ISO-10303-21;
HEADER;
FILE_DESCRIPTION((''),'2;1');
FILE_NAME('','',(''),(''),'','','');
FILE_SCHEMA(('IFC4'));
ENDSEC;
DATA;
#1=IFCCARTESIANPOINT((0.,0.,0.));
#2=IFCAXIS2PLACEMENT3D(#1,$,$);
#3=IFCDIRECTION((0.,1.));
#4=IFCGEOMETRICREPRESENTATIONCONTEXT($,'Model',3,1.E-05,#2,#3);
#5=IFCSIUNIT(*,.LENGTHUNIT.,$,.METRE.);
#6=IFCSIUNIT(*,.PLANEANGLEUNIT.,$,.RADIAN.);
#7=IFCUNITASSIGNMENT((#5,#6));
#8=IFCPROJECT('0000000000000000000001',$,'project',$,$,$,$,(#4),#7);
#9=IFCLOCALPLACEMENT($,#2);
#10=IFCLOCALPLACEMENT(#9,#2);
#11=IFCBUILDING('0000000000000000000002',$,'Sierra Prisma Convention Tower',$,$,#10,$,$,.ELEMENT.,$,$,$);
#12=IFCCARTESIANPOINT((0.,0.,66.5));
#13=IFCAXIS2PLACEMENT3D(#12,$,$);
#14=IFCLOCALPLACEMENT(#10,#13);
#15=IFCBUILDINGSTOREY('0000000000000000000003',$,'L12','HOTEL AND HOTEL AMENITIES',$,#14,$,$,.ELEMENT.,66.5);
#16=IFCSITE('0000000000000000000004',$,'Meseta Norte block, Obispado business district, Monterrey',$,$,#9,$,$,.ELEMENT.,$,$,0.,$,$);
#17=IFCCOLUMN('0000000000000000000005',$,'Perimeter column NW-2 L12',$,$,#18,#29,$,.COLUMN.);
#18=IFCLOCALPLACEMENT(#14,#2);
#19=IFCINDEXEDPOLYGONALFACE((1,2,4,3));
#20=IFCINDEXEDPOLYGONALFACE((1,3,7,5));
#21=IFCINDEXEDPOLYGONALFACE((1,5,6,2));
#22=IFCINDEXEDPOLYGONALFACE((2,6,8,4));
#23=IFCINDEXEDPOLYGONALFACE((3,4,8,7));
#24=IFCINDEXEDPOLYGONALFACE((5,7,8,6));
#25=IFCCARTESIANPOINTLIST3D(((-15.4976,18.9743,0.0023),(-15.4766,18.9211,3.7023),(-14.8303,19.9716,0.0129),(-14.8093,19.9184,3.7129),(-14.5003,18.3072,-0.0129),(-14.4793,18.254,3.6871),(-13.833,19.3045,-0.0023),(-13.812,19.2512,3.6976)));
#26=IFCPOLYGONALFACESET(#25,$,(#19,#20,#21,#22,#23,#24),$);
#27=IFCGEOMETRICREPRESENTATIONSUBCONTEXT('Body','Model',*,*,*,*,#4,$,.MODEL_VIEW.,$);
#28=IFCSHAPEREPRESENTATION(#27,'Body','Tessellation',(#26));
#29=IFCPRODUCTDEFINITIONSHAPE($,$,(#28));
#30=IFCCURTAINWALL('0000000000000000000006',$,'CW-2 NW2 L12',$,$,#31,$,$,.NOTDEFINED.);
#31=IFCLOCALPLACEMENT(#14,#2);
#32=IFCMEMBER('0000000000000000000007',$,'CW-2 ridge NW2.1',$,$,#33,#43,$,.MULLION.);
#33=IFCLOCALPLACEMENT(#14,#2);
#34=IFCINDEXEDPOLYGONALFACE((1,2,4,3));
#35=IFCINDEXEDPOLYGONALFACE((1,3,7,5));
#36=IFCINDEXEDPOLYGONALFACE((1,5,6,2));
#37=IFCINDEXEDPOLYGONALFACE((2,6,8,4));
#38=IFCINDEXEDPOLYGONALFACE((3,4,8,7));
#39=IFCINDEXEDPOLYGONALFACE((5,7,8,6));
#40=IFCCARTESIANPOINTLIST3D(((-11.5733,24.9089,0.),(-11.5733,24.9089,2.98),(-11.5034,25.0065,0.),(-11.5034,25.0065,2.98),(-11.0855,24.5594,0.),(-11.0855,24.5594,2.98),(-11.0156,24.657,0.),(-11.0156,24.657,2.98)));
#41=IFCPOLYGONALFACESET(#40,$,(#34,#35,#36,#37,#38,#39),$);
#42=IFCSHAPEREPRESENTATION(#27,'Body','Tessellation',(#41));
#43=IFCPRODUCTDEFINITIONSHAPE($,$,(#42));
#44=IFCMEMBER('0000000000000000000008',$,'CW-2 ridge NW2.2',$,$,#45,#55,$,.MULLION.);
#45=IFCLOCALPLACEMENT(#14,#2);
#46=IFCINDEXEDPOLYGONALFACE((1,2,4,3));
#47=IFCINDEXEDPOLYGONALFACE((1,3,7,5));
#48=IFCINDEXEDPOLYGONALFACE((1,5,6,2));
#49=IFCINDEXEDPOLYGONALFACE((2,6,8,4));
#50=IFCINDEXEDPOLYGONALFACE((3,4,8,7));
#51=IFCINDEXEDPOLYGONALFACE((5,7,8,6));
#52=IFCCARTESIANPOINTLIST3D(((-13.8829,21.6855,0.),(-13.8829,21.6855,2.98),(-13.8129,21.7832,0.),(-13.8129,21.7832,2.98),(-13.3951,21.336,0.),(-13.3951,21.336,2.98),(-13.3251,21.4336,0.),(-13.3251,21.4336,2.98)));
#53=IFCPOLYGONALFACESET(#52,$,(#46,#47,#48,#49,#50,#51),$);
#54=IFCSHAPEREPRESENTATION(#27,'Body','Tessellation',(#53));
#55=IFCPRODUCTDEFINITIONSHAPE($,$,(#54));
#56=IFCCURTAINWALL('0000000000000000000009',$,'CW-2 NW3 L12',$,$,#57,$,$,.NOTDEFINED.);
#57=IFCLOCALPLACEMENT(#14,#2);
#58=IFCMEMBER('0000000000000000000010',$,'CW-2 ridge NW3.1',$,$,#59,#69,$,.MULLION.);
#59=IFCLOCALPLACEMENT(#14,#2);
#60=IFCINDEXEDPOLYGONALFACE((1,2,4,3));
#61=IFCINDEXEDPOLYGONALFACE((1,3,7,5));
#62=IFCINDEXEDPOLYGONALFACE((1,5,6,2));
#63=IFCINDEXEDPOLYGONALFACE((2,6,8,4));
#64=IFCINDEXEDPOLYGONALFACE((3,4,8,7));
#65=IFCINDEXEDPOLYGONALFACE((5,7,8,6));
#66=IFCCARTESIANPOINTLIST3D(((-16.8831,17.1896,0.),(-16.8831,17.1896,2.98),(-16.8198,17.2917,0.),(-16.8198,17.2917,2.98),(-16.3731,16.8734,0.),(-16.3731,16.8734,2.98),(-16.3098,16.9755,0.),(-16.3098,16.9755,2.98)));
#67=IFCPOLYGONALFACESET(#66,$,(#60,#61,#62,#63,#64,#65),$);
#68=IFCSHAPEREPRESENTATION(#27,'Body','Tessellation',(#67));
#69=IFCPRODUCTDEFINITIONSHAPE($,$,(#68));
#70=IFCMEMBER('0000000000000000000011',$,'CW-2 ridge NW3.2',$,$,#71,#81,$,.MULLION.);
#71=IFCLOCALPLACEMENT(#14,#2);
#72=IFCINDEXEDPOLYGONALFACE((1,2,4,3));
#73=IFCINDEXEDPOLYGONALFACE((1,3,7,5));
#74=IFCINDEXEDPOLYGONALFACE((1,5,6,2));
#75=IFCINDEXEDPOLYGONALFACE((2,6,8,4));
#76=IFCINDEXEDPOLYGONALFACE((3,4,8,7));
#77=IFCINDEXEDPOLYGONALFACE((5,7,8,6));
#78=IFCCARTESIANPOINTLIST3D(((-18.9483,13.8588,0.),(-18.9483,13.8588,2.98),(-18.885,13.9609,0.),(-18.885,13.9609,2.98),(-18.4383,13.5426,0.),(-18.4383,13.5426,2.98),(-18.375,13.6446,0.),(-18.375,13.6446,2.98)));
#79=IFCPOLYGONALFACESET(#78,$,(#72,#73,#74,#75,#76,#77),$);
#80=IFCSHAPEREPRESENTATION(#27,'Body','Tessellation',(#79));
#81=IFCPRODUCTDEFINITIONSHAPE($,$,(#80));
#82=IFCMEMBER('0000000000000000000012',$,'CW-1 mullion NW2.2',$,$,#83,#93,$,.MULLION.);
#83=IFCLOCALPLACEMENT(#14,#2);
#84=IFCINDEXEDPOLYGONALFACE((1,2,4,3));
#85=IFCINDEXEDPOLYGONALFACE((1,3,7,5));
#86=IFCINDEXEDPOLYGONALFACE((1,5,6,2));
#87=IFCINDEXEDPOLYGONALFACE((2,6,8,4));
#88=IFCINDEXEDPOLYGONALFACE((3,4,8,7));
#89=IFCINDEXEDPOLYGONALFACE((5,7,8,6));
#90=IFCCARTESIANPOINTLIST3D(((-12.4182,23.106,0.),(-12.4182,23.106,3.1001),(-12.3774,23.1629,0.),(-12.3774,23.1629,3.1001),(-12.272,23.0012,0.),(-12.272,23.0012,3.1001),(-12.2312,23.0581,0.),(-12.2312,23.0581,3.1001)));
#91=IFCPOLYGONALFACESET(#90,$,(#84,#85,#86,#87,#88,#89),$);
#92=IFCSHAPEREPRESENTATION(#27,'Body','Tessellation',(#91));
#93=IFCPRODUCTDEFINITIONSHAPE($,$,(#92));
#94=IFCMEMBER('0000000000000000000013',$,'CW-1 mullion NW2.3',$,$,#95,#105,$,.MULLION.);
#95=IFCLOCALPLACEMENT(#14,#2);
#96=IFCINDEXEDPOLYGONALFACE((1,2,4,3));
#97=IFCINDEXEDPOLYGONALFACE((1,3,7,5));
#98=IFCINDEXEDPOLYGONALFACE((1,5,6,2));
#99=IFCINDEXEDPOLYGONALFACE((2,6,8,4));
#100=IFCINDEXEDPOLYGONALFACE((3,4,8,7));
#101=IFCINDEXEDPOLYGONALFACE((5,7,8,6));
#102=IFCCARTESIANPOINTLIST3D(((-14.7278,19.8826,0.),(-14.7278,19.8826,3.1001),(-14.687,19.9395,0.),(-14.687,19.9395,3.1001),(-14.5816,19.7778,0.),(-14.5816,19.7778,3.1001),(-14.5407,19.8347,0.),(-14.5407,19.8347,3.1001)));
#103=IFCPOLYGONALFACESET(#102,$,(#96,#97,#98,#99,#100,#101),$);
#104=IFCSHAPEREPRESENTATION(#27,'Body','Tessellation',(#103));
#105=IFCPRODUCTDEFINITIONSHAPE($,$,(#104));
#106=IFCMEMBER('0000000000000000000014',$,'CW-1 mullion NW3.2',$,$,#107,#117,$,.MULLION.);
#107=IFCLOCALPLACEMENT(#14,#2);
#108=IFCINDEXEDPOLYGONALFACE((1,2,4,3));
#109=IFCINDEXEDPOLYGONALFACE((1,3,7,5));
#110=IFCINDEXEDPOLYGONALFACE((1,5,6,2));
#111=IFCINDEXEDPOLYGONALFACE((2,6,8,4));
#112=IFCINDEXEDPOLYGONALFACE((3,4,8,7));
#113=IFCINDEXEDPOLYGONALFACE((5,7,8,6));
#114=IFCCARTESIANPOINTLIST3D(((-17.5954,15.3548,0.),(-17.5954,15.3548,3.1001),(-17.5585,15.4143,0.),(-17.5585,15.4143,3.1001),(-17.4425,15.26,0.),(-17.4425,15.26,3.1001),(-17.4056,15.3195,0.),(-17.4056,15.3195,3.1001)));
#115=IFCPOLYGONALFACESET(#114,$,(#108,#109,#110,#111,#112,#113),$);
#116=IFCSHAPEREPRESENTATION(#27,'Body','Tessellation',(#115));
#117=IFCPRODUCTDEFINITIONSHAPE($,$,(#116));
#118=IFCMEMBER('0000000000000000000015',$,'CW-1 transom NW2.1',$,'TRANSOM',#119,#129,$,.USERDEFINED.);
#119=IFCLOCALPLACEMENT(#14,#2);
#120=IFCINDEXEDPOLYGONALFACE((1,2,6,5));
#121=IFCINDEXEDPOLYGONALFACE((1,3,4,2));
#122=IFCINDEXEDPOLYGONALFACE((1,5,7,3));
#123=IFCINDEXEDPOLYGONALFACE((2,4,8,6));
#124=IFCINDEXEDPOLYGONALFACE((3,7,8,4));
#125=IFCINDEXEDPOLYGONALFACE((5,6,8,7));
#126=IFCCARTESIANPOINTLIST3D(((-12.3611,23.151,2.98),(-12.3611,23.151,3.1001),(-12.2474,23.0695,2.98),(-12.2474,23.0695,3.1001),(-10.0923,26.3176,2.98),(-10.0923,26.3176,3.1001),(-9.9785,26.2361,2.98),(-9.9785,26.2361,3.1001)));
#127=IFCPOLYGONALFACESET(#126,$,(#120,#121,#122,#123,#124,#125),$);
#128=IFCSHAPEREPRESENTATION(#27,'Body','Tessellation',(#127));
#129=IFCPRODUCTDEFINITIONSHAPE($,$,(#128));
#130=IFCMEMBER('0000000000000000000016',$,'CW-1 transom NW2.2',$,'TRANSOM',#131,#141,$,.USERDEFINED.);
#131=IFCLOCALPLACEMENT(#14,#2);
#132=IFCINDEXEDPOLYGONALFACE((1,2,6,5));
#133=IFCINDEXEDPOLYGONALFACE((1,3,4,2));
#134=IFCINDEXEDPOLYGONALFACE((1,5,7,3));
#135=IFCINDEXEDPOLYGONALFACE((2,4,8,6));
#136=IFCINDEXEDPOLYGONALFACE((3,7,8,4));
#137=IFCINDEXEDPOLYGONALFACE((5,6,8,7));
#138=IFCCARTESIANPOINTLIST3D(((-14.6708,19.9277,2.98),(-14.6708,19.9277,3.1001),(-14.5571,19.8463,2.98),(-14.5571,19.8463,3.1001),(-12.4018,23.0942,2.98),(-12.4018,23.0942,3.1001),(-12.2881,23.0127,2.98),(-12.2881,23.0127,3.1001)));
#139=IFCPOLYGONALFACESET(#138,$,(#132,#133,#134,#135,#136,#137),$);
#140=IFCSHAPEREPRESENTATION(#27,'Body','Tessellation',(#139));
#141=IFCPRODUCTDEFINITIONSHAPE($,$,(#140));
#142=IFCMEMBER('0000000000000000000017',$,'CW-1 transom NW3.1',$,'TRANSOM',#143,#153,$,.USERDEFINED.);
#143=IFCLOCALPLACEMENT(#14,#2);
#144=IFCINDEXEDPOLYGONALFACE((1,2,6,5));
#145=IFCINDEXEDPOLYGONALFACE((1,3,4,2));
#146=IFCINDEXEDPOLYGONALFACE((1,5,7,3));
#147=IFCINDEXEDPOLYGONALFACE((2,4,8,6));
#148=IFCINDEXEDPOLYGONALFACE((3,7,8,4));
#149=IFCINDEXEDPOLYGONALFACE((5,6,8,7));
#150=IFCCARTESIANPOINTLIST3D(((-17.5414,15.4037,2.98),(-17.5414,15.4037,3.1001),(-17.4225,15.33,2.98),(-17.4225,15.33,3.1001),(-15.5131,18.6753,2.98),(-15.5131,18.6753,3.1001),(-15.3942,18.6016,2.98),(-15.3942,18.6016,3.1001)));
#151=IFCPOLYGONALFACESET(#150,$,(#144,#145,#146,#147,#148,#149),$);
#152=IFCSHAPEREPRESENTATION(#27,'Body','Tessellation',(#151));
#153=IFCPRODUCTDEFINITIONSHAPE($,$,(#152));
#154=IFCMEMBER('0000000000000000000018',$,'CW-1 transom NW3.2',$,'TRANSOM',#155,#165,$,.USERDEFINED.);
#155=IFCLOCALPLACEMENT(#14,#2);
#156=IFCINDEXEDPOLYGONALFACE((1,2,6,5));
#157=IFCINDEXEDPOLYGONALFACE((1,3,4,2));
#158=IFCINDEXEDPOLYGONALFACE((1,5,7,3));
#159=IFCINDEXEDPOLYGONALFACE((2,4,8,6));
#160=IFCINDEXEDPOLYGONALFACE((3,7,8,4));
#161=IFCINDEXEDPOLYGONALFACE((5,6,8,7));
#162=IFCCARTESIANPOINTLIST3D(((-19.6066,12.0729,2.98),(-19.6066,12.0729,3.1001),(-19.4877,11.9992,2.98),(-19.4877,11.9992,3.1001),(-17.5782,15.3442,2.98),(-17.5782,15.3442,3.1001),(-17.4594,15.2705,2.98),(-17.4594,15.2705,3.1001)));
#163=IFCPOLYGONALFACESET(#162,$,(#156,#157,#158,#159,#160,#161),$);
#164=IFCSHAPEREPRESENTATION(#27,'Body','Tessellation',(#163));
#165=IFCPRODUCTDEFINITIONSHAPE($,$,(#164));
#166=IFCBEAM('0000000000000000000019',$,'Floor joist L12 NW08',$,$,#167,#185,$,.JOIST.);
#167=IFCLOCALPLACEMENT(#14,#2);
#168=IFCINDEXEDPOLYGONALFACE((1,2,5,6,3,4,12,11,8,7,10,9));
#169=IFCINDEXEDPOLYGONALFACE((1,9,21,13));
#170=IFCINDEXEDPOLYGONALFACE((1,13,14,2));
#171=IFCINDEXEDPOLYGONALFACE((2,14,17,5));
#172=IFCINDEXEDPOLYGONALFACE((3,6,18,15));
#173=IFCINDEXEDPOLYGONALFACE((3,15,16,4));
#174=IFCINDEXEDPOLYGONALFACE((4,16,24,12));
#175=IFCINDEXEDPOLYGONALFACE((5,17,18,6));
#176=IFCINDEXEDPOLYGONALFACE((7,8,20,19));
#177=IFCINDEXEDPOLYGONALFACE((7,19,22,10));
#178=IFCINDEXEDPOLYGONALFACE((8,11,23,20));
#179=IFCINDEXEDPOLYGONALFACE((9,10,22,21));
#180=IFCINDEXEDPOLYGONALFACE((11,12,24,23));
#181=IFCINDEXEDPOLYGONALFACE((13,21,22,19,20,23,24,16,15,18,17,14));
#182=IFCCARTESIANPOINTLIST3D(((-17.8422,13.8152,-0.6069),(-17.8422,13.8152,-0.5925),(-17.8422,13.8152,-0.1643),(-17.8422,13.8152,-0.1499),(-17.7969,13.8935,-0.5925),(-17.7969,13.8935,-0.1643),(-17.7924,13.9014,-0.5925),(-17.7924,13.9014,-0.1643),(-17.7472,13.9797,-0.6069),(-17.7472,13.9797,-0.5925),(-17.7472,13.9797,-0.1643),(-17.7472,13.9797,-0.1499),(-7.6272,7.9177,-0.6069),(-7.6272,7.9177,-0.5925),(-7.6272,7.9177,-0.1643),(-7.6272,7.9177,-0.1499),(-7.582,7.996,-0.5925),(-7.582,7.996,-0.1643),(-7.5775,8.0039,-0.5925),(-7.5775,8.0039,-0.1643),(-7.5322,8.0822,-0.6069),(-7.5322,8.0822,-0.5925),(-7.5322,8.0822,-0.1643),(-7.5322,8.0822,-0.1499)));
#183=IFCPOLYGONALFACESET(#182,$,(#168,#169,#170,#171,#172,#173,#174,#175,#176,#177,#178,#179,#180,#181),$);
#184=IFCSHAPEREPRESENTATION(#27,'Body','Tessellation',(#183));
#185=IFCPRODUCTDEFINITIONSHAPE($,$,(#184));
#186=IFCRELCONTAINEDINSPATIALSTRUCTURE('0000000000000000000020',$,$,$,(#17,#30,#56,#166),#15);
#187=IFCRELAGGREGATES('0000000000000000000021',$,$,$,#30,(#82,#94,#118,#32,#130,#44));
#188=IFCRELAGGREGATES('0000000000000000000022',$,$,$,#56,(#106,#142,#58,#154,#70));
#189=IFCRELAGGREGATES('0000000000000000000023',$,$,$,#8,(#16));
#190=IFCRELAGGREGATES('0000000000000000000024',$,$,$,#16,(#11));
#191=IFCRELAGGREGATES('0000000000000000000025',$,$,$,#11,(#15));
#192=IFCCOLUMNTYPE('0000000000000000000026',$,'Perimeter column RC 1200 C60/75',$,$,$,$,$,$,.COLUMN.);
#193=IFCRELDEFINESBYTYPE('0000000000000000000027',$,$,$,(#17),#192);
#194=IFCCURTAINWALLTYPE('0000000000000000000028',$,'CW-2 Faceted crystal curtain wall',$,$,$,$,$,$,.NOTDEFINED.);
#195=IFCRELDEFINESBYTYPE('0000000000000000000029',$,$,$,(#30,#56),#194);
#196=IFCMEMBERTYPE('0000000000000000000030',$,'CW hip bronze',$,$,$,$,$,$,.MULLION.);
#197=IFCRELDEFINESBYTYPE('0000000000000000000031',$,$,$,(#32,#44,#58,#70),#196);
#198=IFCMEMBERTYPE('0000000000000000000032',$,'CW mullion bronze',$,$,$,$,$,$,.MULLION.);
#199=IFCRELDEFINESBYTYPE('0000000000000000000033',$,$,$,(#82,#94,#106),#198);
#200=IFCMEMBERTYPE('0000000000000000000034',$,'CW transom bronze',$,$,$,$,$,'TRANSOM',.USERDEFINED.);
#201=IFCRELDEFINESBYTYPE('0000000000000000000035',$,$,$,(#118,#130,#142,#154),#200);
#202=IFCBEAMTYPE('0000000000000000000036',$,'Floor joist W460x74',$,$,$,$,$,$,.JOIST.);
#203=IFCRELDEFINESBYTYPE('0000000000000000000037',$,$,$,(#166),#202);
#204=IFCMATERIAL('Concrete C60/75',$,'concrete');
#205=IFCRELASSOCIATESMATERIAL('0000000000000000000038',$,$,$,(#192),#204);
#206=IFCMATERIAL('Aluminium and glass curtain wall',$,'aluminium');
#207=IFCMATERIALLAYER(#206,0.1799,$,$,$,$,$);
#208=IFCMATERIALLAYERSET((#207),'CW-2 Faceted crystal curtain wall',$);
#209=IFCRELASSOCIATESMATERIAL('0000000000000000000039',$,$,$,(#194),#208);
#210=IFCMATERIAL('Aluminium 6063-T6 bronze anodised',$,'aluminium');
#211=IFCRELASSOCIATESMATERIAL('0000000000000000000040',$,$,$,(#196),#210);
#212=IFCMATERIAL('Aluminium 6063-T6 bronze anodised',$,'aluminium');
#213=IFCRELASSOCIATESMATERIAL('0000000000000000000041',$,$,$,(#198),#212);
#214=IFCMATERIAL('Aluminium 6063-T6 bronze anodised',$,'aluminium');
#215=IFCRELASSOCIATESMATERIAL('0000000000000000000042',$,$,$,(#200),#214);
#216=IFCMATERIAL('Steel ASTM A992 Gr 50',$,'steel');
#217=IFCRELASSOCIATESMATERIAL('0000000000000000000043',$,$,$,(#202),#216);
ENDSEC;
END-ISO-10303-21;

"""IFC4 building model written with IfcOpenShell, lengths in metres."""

from ifc_helpers import new_model, si_unit, direction, frame, origin, origin_2d, place, context, subcontext, project, spatial, rectangle, i_section, extrude, material, layer, layer_set, material_profile, profile_set, type_object, element, aggregate, save


model = new_model("IFC4")

# Units and contexts
model_context = context("Model", 3, precision=1e-05, world=origin(), true_north=direction((0.0, 1.0)))
body_context = subcontext(model_context, "Body", "Model", "MODEL_VIEW")
ifc_project = project(units=[si_unit("LENGTHUNIT", "METRE"), si_unit("PLANEANGLEUNIT", "RADIAN")], contexts=[model_context])

# Site, building, storey
site_placement = place(None, origin())
site = spatial("IfcSite", under=ifc_project, at=site_placement, Name="Meseta Norte block, Obispado business district, Monterrey", CompositionType="ELEMENT", RefElevation=0.0)
building_placement = place(site_placement, origin())
building = spatial("IfcBuilding", under=site, at=building_placement, Name="Sierra Prisma Convention Tower", CompositionType="ELEMENT")
storey_placement = place(building_placement, frame((0.0, 0.0, 66.5)))
storey = spatial("IfcBuildingStorey", under=building, at=storey_placement, Name="L12", Description="HOTEL AND HOTEL AMENITIES", CompositionType="ELEMENT", Elevation=66.5)

# Column
ifc_material_1 = material(Name="Concrete C60/75", Category="concrete")
ifc_material_profile_1 = material_profile(ifc_material_1, rectangle(XDim=1.2, YDim=1.2, at=origin_2d()), Name="Perimeter column RC 1200 C60/75")
ifc_profile_set_1 = profile_set([ifc_material_profile_1], Name="Concrete C60/75")
column_type = type_object("IfcColumnType", Name="Perimeter column RC 1200 C60/75", PredefinedType="COLUMN", material=ifc_profile_set_1)
column_placement = place(storey_placement, frame((-14.6653, 19.1394, 0.0), z_axis=(0.005674, -0.014383, 0.99988), x_axis=(0.556089, 0.831076, 0.008799)))
element("IfcColumn", 1, at=column_placement, inside=storey, type_object=column_type, Name="Perimeter column NW-2 L12", PredefinedType="COLUMN", context=body_context, shape_type="SweptSolid", body=[
    extrude(rectangle(XDim=1.2, YDim=1.2, at=origin_2d()), origin(), (0.0, 0.0, 1.0), 3.7004),
])

# Curtain walls, members
ifc_material_2 = material(Name="Aluminium and glass curtain wall", Category="aluminium")
ifc_layer_1 = layer(ifc_material_2, 0.1799)
ifc_layer_set_1 = layer_set([ifc_layer_1], Name="CW-2 Faceted crystal curtain wall")
curtain_wall_type = type_object("IfcCurtainWallType", Name="CW-2 Faceted crystal curtain wall", PredefinedType="NOTDEFINED", material=ifc_layer_set_1)
curtain_wall_1_placement = place(storey_placement, origin())
curtain_wall_1 = element("IfcCurtainWall", 2, at=curtain_wall_1_placement, inside=storey, type_object=curtain_wall_type, Name="CW-2 NW2 L12", PredefinedType="NOTDEFINED")
ifc_material_3 = material(Name="Aluminium 6063-T6 bronze anodised", Category="aluminium")
ifc_material_profile_2 = material_profile(ifc_material_3, rectangle(XDim=0.1201, YDim=0.6001, at=origin_2d()), Name="ALU RIDGE BLADE 120x600")
ifc_profile_set_2 = profile_set([ifc_material_profile_2], Name="Aluminium 6063-T6 bronze anodised")
member_type_1 = type_object("IfcMemberType", Name="CW hip bronze", PredefinedType="MULLION", material=ifc_profile_set_2)
member_1_placement = place(storey_placement, frame((-11.2944, 24.783, 0.0), z_axis=(0.0, 0.0, 1.0), x_axis=(-0.582447, -0.812868, 0.0)))
member_1 = element("IfcMember", 3, at=member_1_placement, type_object=member_type_1, Name="CW-2 ridge NW2.1", PredefinedType="MULLION", context=body_context, shape_type="SweptSolid", body=[
    extrude(rectangle(XDim=0.1201, YDim=0.6001, at=origin_2d()), origin(), (0.0, 0.0, 1.0), 2.98),
])
member_2_placement = place(storey_placement, frame((-13.604, 21.5596, 0.0), z_axis=(0.0, 0.0, 1.0), x_axis=(-0.582447, -0.812868, 0.0)))
member_2 = element("IfcMember", 4, at=member_2_placement, type_object=member_type_1, Name="CW-2 ridge NW2.2", PredefinedType="MULLION", context=body_context, shape_type="SweptSolid", body=[
    extrude(rectangle(XDim=0.1201, YDim=0.6001, at=origin_2d()), origin(), (0.0, 0.0, 1.0), 2.98),
])
curtain_wall_2_placement = place(storey_placement, origin())
curtain_wall_2 = element("IfcCurtainWall", 5, at=curtain_wall_2_placement, inside=storey, type_object=curtain_wall_type, Name="CW-2 NW3 L12", PredefinedType="NOTDEFINED")
member_3_placement = place(storey_placement, frame((-16.5964, 17.0825, 0.0), z_axis=(0.0, 0.0, 1.0), x_axis=(-0.526936, -0.849905, 0.0)))
member_3 = element("IfcMember", 6, at=member_3_placement, type_object=member_type_1, Name="CW-2 ridge NW3.1", PredefinedType="MULLION", context=body_context, shape_type="SweptSolid", body=[
    extrude(rectangle(XDim=0.1201, YDim=0.6001, at=origin_2d()), origin(), (0.0, 0.0, 1.0), 2.98),
])
member_4_placement = place(storey_placement, frame((-18.6616, 13.7517, 0.0), z_axis=(0.0, 0.0, 1.0), x_axis=(-0.526936, -0.849905, 0.0)))
member_4 = element("IfcMember", 7, at=member_4_placement, type_object=member_type_1, Name="CW-2 ridge NW3.2", PredefinedType="MULLION", context=body_context, shape_type="SweptSolid", body=[
    extrude(rectangle(XDim=0.1201, YDim=0.6001, at=origin_2d()), origin(), (0.0, 0.0, 1.0), 2.98),
])

# Members
ifc_material_4 = material(Name="Aluminium 6063-T6 bronze anodised", Category="aluminium")
ifc_material_profile_3 = material_profile(ifc_material_4, rectangle(XDim=0.1799, YDim=0.0701, at=origin_2d()), Name="ALU MULLION 70x180")
ifc_profile_set_3 = profile_set([ifc_material_profile_3], Name="Aluminium 6063-T6 bronze anodised")
member_type_2 = type_object("IfcMemberType", Name="CW mullion bronze", PredefinedType="MULLION", material=ifc_profile_set_3)
member_5_placement = place(storey_placement, frame((-12.3247, 23.082, 0.0), z_axis=(0.0, 0.0, 1.0), x_axis=(0.812868, -0.582447, 0.0)))
member_5 = element("IfcMember", 8, at=member_5_placement, type_object=member_type_2, Name="CW-1 mullion NW2.2", PredefinedType="MULLION", context=body_context, shape_type="SweptSolid", body=[
    extrude(rectangle(XDim=0.1799, YDim=0.0701, at=origin_2d()), origin(), (0.0, 0.0, 1.0), 3.1001),
])
member_6_placement = place(storey_placement, frame((-14.6343, 19.8586, 0.0), z_axis=(0.0, 0.0, 1.0), x_axis=(0.812868, -0.582447, 0.0)))
member_6 = element("IfcMember", 9, at=member_6_placement, type_object=member_type_2, Name="CW-1 mullion NW2.3", PredefinedType="MULLION", context=body_context, shape_type="SweptSolid", body=[
    extrude(rectangle(XDim=0.1799, YDim=0.0701, at=origin_2d()), origin(), (0.0, 0.0, 1.0), 3.1001),
])
member_7_placement = place(storey_placement, frame((-17.5005, 15.3372, 0.0), z_axis=(0.0, 0.0, 1.0), x_axis=(0.849905, -0.526936, 0.0)))
member_7 = element("IfcMember", 10, at=member_7_placement, type_object=member_type_2, Name="CW-1 mullion NW3.2", PredefinedType="MULLION", context=body_context, shape_type="SweptSolid", body=[
    extrude(rectangle(XDim=0.1799, YDim=0.0701, at=origin_2d()), origin(), (0.0, 0.0, 1.0), 3.1001),
])
ifc_material_5 = material(Name="Aluminium 6063-T6 bronze anodised", Category="aluminium")
ifc_material_profile_4 = material_profile(ifc_material_5, rectangle(XDim=0.1399, YDim=0.1201, at=origin_2d()), Name="ALU TRANSOM 120x140")
ifc_profile_set_4 = profile_set([ifc_material_profile_4], Name="Aluminium 6063-T6 bronze anodised")
member_type_3 = type_object("IfcMemberType", Name="CW transom bronze", ElementType="TRANSOM", PredefinedType="USERDEFINED", material=ifc_profile_set_4)
member_8_placement = place(storey_placement, frame((-10.0354, 26.2769, 3.04), z_axis=(-0.582429, -0.812881, 0.0), x_axis=(0.812881, -0.582429, 0.0)))
member_8 = element("IfcMember", 11, at=member_8_placement, type_object=member_type_3, Name="CW-1 transom NW2.1", ObjectType="TRANSOM", PredefinedType="USERDEFINED", context=body_context, shape_type="SweptSolid", body=[
    extrude(rectangle(XDim=0.1399, YDim=0.1201, at=origin_2d()), origin(), (0.0, 0.0, 1.0), 3.8955),
])
member_9_placement = place(storey_placement, frame((-12.345, 23.0535, 3.04), z_axis=(-0.582471, -0.812852, 0.0), x_axis=(0.812852, -0.582471, 0.0)))
member_9 = element("IfcMember", 12, at=member_9_placement, type_object=member_type_3, Name="CW-1 transom NW2.2", ObjectType="TRANSOM", PredefinedType="USERDEFINED", context=body_context, shape_type="SweptSolid", body=[
    extrude(rectangle(XDim=0.1399, YDim=0.1201, at=origin_2d()), origin(), (0.0, 0.0, 1.0), 3.8955),
])
member_10_placement = place(storey_placement, frame((-15.4536, 18.6384, 3.04), z_axis=(-0.52694, -0.849903, 0.0), x_axis=(0.849903, -0.52694, 0.0)))
member_10 = element("IfcMember", 13, at=member_10_placement, type_object=member_type_3, Name="CW-1 transom NW3.1", ObjectType="TRANSOM", PredefinedType="USERDEFINED", context=body_context, shape_type="SweptSolid", body=[
    extrude(rectangle(XDim=0.1399, YDim=0.1201, at=origin_2d()), origin(), (0.0, 0.0, 1.0), 3.8494),
])
member_11_placement = place(storey_placement, frame((-17.5188, 15.3074, 3.04), z_axis=(-0.526968, -0.849885, 0.0), x_axis=(0.849885, -0.526968, 0.0)))
member_11 = element("IfcMember", 14, at=member_11_placement, type_object=member_type_3, Name="CW-1 transom NW3.2", ObjectType="TRANSOM", PredefinedType="USERDEFINED", context=body_context, shape_type="SweptSolid", body=[
    extrude(rectangle(XDim=0.1399, YDim=0.1201, at=origin_2d()), origin(), (0.0, 0.0, 1.0), 3.8491),
])

# Beam
ifc_material_6 = material(Name="Steel ASTM A992 Gr 50", Category="steel")
ifc_material_profile_5 = material_profile(ifc_material_6, i_section(OverallWidth=0.1899, OverallDepth=0.457, WebThickness=0.009, FlangeThickness=0.0144, at=origin_2d()), Name="W460x74")
ifc_profile_set_5 = profile_set([ifc_material_profile_5], Name="Steel ASTM A992 Gr 50")
beam_type_1 = type_object("IfcBeamType", Name="Floor joist W460x74", PredefinedType="JOIST", material=ifc_profile_set_5)
beam_1_placement = place(storey_placement, frame((-17.7947, 13.8975, -0.3784), z_axis=(0.866028, -0.499995, 0.0), x_axis=(0.499995, 0.866028, 0.0)))
element("IfcBeam", 15, at=beam_1_placement, inside=storey, type_object=beam_type_1, Name="Floor joist L12 NW08", PredefinedType="JOIST", context=body_context, shape_type="SweptSolid", body=[
    extrude(i_section(OverallWidth=0.1899, OverallDepth=0.457, WebThickness=0.009, FlangeThickness=0.0144, at=origin_2d()), origin(), (0.0, 0.0, 1.0), 11.7952),
])

aggregate(curtain_wall_1, [member_5, member_6, member_8, member_1, member_9, member_2])
aggregate(curtain_wall_2, [member_7, member_10, member_3, member_11, member_4])

save(model, "model.ifc")
